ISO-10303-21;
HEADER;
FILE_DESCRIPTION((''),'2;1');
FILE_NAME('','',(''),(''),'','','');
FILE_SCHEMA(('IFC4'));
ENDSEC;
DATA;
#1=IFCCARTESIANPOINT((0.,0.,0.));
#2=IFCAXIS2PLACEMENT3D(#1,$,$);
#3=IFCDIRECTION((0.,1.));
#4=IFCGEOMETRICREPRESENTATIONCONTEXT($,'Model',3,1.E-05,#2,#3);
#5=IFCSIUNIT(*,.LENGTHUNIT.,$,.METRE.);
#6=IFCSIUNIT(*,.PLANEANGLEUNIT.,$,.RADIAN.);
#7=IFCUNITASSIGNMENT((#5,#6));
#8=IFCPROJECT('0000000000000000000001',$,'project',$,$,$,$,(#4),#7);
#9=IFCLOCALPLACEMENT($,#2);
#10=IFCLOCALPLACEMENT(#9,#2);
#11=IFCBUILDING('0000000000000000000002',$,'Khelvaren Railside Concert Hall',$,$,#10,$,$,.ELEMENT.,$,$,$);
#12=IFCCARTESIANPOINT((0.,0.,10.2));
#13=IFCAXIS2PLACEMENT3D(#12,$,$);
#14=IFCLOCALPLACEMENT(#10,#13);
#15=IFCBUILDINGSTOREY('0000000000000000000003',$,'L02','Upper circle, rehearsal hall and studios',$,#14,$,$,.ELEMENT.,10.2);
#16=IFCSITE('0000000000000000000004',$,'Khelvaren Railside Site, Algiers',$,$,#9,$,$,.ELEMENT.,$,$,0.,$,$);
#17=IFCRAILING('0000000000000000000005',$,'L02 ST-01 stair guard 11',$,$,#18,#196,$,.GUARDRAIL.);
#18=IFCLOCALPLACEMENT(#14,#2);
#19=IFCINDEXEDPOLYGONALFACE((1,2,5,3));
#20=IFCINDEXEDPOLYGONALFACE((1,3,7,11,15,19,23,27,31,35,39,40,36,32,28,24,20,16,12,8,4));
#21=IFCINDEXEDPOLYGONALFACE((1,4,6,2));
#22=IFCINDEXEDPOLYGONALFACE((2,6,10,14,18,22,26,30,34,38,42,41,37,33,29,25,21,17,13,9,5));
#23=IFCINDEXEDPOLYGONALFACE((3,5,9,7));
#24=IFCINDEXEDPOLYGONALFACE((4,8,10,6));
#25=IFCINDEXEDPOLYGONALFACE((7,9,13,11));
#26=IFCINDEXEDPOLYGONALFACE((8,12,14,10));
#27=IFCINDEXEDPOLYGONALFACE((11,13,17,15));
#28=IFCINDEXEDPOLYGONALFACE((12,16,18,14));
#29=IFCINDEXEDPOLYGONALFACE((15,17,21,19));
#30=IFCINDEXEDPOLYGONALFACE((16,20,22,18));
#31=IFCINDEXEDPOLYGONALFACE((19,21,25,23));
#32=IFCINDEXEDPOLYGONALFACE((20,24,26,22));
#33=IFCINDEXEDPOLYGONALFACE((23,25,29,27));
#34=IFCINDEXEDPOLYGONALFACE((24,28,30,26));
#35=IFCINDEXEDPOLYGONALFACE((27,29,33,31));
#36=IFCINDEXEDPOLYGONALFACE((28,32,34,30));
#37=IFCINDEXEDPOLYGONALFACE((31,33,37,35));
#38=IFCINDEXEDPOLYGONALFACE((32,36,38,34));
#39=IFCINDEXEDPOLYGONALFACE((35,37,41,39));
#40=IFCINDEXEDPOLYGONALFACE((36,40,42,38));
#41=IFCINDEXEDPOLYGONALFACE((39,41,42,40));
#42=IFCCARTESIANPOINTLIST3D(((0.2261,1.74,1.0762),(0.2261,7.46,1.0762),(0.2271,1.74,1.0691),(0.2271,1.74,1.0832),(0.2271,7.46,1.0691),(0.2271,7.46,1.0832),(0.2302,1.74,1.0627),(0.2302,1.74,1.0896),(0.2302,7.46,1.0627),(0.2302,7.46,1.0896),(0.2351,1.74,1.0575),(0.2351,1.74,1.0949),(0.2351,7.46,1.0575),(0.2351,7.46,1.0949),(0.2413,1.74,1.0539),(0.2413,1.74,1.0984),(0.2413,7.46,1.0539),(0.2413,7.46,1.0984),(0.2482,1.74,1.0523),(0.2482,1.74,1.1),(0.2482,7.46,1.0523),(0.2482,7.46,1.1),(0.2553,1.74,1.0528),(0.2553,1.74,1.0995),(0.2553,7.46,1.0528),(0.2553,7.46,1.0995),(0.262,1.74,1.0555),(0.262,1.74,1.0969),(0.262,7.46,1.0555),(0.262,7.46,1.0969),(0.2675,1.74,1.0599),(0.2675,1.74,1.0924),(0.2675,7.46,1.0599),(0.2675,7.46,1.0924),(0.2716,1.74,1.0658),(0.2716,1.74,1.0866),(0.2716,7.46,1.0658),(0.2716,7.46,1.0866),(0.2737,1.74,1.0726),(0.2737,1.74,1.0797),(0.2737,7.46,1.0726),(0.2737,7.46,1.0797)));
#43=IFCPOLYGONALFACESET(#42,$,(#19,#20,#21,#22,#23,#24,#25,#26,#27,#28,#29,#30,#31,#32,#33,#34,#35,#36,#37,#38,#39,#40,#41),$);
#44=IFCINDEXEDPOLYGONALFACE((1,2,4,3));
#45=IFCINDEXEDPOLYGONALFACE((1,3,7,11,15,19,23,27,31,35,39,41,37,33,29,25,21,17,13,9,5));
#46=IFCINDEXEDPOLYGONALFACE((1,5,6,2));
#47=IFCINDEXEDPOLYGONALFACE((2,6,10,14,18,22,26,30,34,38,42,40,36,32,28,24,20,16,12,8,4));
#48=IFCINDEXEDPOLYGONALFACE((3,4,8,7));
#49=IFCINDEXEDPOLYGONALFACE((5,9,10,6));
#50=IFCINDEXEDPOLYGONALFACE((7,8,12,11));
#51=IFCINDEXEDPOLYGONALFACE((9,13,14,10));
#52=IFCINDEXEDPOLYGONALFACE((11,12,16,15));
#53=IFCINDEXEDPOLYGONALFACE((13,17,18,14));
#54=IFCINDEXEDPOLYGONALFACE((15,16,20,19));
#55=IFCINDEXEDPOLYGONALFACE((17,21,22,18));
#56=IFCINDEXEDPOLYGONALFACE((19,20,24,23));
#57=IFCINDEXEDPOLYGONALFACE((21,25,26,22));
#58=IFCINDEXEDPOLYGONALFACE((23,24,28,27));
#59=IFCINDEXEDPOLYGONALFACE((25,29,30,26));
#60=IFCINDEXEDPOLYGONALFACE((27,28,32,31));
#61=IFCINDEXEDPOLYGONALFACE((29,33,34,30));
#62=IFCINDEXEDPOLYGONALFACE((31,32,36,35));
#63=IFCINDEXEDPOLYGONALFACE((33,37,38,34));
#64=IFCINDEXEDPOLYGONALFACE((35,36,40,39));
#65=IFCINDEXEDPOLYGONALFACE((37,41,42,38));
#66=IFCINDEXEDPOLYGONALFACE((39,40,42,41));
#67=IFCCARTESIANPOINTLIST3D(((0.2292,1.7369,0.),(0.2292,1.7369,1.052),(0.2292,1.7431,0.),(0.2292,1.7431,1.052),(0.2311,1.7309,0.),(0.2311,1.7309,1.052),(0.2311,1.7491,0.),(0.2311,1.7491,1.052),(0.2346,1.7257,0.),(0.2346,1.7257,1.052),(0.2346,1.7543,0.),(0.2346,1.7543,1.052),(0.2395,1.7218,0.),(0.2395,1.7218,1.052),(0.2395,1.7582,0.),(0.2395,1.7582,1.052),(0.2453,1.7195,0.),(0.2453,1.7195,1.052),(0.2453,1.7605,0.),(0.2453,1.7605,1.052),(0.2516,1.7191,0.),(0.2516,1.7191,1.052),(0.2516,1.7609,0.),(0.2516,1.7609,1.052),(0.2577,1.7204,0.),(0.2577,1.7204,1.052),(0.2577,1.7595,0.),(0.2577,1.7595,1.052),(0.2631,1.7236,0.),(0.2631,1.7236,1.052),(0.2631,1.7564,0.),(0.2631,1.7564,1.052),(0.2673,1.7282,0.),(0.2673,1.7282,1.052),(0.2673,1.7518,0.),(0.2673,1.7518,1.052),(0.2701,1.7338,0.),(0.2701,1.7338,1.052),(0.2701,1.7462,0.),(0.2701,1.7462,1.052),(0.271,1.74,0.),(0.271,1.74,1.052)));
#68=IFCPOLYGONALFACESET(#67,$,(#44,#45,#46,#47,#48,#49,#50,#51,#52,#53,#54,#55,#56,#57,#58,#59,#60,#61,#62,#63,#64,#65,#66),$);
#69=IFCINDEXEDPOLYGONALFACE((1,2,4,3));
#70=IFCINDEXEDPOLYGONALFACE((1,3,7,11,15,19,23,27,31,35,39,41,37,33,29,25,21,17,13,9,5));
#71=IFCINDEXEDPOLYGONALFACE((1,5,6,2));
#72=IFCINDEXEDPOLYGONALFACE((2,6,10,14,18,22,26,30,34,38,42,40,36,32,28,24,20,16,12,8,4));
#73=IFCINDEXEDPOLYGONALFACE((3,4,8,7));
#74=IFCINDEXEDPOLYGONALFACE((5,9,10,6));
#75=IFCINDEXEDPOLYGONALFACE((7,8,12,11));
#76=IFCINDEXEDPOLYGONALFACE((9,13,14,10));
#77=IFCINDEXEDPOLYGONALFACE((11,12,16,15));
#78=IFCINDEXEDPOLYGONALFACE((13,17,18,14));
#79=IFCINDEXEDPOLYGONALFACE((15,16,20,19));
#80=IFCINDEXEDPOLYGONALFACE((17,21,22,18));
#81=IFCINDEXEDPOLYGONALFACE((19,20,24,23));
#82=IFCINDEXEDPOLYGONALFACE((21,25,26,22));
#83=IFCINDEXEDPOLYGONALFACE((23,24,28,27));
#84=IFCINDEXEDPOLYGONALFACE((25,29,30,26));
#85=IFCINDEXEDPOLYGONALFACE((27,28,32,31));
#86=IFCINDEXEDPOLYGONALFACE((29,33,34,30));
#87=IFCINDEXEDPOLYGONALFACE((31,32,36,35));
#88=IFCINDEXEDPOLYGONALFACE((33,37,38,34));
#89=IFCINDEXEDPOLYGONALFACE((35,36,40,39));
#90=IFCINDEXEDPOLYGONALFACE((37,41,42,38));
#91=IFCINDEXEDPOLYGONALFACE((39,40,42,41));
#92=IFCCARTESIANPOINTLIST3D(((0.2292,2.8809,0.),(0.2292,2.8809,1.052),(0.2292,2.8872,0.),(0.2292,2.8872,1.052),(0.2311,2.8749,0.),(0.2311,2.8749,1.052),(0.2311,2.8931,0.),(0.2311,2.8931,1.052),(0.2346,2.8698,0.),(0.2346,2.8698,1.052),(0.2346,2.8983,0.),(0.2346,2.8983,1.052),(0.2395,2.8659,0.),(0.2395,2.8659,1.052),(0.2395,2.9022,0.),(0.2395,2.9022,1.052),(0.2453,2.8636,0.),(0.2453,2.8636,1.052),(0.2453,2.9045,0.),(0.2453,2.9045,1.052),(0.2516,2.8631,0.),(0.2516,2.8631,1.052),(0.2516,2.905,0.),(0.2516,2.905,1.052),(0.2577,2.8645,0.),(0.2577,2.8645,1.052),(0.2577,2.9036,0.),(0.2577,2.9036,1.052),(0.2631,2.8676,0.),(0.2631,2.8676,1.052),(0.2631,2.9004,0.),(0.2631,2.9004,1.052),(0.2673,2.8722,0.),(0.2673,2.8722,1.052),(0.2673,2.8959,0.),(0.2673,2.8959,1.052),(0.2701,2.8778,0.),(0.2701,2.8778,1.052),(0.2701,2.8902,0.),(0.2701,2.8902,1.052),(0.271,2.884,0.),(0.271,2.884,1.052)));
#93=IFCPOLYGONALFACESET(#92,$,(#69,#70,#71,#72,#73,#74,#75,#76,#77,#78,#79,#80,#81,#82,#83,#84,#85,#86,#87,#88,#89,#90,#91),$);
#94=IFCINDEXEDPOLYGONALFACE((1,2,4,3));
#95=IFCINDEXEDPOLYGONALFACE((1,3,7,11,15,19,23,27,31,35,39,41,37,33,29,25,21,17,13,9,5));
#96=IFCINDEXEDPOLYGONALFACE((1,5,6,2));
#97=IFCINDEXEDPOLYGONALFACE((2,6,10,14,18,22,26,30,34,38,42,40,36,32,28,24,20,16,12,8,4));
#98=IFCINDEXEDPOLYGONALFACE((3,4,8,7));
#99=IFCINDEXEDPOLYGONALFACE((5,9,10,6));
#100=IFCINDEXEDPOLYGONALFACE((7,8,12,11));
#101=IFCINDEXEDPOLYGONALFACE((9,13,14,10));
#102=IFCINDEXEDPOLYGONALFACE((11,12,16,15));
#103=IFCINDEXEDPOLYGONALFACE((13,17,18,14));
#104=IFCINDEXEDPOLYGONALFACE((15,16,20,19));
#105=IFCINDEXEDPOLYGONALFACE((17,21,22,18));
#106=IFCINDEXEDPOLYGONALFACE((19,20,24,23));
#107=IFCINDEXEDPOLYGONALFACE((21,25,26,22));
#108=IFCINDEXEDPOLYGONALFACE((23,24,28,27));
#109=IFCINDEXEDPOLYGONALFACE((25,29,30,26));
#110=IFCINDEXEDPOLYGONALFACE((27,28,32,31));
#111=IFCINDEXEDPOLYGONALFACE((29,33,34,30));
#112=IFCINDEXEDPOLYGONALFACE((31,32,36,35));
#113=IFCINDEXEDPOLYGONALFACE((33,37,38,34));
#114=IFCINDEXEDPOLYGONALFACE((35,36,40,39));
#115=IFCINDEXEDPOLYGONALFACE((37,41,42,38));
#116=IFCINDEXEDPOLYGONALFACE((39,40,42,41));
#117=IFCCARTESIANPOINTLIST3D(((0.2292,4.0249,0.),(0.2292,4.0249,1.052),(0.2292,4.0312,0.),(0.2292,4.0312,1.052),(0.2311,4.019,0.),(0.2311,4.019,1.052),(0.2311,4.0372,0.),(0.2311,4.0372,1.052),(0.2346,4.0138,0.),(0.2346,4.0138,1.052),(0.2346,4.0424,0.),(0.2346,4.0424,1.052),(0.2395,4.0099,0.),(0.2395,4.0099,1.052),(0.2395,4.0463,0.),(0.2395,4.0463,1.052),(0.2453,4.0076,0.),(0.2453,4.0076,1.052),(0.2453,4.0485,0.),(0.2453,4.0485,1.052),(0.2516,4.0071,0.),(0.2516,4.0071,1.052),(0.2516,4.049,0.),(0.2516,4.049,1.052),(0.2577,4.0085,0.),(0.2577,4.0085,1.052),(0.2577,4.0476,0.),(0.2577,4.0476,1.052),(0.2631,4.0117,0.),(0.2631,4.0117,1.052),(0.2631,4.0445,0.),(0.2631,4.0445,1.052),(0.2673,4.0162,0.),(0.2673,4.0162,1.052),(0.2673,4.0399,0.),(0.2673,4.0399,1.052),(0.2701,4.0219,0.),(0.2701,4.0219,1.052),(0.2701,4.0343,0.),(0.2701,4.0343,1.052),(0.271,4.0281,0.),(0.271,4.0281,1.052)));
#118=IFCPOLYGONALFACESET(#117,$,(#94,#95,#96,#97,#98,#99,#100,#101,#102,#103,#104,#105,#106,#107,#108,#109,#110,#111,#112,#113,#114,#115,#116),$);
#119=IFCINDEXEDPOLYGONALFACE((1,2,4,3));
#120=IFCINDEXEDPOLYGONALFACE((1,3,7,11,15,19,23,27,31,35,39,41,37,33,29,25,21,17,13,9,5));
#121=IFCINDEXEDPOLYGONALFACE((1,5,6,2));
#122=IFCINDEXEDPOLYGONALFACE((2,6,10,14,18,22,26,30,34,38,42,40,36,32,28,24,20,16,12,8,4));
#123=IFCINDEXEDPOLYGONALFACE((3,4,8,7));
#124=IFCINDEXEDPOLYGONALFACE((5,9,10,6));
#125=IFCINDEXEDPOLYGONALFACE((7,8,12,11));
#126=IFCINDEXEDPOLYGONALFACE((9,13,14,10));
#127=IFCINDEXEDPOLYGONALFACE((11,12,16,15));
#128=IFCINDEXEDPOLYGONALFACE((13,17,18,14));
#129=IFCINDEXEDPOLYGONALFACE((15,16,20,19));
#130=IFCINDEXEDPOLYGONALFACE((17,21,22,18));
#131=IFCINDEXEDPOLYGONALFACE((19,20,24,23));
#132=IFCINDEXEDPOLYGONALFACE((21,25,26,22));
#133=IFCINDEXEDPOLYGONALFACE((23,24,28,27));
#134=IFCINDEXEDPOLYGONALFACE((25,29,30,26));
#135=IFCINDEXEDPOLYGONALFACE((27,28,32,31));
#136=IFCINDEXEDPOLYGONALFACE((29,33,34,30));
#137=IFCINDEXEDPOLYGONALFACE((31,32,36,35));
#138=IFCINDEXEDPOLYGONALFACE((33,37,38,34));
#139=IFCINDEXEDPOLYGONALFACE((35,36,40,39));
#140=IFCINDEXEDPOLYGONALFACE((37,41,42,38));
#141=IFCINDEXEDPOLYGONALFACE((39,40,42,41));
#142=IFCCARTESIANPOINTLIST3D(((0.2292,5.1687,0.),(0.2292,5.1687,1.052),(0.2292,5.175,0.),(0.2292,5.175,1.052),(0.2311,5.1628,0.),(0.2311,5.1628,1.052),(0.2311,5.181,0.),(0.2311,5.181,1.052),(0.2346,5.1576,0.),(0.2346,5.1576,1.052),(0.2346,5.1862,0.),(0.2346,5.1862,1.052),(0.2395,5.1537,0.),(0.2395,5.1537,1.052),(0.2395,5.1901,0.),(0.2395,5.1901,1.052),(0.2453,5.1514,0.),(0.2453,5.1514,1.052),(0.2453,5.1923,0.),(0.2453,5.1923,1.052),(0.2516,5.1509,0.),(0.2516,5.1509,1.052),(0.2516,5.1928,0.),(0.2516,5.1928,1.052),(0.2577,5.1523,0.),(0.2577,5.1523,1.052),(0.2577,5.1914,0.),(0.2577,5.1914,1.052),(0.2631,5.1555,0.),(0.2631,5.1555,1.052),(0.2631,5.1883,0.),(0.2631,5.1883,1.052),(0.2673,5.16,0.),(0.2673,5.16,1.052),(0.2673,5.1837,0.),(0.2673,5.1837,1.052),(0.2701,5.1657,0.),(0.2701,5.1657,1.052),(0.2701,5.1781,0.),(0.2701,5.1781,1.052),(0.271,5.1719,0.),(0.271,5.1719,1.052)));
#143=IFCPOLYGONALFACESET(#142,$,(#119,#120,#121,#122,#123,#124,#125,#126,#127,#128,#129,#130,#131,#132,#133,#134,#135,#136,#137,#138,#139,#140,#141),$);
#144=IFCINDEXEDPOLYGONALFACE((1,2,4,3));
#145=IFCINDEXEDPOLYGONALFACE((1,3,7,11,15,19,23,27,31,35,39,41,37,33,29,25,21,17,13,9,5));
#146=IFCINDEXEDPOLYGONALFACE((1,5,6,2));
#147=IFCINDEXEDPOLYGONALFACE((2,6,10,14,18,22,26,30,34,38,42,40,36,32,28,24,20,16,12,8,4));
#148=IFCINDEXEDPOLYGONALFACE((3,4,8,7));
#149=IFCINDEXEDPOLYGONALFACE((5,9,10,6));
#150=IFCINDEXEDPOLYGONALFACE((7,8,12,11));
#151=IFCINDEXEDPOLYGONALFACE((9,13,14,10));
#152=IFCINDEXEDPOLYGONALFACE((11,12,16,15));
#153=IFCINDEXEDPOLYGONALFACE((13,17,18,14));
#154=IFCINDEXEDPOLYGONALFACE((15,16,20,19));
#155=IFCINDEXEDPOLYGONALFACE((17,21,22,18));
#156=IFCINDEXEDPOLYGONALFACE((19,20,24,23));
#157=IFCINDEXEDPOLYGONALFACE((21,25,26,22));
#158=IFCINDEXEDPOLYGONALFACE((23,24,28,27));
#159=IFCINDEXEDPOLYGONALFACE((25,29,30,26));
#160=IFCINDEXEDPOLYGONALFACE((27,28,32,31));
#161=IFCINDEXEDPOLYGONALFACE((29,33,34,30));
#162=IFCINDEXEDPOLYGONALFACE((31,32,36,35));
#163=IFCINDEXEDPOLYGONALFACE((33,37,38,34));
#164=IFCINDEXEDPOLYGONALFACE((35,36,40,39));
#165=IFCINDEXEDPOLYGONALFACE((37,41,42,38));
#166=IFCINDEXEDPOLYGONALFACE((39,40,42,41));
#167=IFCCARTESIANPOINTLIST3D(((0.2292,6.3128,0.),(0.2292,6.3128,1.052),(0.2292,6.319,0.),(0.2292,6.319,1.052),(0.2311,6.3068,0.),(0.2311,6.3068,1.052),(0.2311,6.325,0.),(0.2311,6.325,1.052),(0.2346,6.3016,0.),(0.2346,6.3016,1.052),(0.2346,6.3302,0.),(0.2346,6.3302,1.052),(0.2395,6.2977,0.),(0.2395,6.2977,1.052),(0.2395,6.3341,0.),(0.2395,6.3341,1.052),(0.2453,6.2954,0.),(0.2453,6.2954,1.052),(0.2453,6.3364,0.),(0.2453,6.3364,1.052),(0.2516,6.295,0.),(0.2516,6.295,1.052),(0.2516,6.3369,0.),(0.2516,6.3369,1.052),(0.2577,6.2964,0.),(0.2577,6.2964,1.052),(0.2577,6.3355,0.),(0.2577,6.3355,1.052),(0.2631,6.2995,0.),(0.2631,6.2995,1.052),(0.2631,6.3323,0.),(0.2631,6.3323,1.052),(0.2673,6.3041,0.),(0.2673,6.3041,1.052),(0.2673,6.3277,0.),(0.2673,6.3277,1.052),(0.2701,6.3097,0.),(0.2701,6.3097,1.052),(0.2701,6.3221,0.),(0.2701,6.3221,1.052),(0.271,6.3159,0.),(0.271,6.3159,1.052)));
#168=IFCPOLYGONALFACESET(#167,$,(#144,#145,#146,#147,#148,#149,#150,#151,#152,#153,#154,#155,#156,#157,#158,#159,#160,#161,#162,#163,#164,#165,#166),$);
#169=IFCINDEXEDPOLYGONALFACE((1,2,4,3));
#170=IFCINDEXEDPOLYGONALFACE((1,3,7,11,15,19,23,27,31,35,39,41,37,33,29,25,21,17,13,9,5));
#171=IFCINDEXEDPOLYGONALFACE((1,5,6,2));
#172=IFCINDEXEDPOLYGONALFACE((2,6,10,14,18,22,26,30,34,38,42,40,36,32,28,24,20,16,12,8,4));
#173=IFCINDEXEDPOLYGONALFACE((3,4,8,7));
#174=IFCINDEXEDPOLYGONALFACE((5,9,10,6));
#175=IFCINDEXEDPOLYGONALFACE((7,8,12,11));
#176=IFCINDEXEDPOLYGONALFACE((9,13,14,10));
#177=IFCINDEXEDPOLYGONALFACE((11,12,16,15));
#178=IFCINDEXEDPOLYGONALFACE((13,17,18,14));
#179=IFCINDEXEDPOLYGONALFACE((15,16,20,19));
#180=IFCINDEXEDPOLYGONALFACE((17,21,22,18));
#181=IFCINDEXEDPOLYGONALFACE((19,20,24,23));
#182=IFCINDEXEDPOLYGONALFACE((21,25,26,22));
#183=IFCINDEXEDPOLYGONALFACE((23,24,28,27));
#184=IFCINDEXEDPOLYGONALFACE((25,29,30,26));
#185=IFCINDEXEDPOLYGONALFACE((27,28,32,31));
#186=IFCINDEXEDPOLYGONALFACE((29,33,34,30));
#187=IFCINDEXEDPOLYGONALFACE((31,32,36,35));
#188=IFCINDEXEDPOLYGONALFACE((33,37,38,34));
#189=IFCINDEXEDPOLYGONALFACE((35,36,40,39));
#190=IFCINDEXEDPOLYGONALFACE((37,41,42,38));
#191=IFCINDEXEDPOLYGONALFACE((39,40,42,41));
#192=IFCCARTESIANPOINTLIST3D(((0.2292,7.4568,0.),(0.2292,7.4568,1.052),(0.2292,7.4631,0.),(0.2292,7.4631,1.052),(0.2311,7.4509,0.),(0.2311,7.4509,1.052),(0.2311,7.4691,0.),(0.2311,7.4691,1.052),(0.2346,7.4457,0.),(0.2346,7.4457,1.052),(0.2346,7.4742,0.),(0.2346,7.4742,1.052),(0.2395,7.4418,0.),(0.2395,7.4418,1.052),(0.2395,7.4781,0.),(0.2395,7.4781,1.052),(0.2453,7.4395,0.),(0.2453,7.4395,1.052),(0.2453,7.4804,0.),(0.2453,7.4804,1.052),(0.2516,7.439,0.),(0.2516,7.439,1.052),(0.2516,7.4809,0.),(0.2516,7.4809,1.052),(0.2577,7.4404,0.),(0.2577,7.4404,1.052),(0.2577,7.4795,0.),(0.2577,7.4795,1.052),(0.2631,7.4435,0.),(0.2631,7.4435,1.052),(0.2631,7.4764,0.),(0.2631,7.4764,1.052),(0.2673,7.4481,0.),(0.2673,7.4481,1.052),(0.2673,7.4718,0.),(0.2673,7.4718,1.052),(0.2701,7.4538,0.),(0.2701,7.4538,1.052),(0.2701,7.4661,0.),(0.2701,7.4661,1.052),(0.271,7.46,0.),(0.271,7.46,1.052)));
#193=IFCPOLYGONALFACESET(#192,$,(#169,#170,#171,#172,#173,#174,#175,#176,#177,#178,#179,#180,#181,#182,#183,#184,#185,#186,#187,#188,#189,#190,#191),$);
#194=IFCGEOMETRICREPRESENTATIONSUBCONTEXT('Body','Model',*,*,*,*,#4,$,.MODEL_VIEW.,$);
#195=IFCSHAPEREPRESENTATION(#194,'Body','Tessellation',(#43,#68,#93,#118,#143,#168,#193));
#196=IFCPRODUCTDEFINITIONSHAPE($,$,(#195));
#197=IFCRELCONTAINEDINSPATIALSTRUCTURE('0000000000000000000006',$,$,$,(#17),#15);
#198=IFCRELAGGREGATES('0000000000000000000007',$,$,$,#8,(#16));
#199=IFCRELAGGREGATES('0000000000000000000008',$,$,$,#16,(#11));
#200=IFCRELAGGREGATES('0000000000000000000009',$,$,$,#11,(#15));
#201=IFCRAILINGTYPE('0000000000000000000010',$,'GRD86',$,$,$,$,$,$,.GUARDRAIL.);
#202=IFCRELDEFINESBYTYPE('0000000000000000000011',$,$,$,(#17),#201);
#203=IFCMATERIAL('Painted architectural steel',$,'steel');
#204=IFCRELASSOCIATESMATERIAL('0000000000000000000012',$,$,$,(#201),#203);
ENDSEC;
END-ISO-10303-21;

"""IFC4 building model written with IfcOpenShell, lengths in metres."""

from ifc_helpers import new_model, si_unit, direction, frame, origin, origin_2d, place, context, subcontext, project, spatial, circle, extrude, material, type_object, element, save


model = new_model("IFC4")

# Units and contexts
model_context = context("Model", 3, precision=1e-05, world=origin(), true_north=direction((0.0, 1.0)))
body_context = subcontext(model_context, "Body", "Model", "MODEL_VIEW")
ifc_project = project(units=[si_unit("LENGTHUNIT", "METRE"), si_unit("PLANEANGLEUNIT", "RADIAN")], contexts=[model_context])

# Site, building, storey
site_placement = place(None, origin())
site = spatial("IfcSite", under=ifc_project, at=site_placement, Name="Khelvaren Railside Site, Algiers", CompositionType="ELEMENT", RefElevation=0.0)
building_placement = place(site_placement, origin())
building = spatial("IfcBuilding", under=site, at=building_placement, Name="Khelvaren Railside Concert Hall", CompositionType="ELEMENT")
storey_placement = place(building_placement, frame((0.0, 0.0, 10.2)))
storey = spatial("IfcBuildingStorey", under=building, at=storey_placement, Name="L02", Description="Upper circle, rehearsal hall and studios", CompositionType="ELEMENT", Elevation=10.2)

# Railing
ifc_material_1 = material(Name="Painted architectural steel", Category="steel")
railing_type_1 = type_object("IfcRailingType", Name="GRD86", PredefinedType="GUARDRAIL", material=ifc_material_1)
railing_1_placement = place(storey_placement, frame((0.25, 1.74, 0.0)))
element("IfcRailing", 1, at=railing_1_placement, inside=storey, type_object=railing_type_1, Name="L02 ST-01 stair guard 11", PredefinedType="GUARDRAIL", context=body_context, shape_type="SweptSolid", body=[
    extrude(circle(Radius=0.0239, at=origin_2d()), frame((0.0, 0.0, 1.0762), z_axis=(0.0, 1.0, 0.0), x_axis=(-1.0, 0.0, 0.0)), (0.0, 0.0, 1.0), 5.72),
    extrude(circle(Radius=0.021, at=origin_2d()), origin(), (0.0, 0.0, 1.0), 1.052),
    extrude(circle(Radius=0.021, at=origin_2d()), frame((0.0, 1.144, 0.0)), (0.0, 0.0, 1.0), 1.052),
    extrude(circle(Radius=0.021, at=origin_2d()), frame((0.0, 2.2881, 0.0)), (0.0, 0.0, 1.0), 1.052),
    extrude(circle(Radius=0.021, at=origin_2d()), frame((0.0, 3.4319, 0.0)), (0.0, 0.0, 1.0), 1.052),
    extrude(circle(Radius=0.021, at=origin_2d()), frame((0.0, 4.5759, 0.0)), (0.0, 0.0, 1.0), 1.052),
    extrude(circle(Radius=0.021, at=origin_2d()), frame((0.0, 5.72, 0.0)), (0.0, 0.0, 1.0), 1.052),
])

save(model, "model.ifc")
